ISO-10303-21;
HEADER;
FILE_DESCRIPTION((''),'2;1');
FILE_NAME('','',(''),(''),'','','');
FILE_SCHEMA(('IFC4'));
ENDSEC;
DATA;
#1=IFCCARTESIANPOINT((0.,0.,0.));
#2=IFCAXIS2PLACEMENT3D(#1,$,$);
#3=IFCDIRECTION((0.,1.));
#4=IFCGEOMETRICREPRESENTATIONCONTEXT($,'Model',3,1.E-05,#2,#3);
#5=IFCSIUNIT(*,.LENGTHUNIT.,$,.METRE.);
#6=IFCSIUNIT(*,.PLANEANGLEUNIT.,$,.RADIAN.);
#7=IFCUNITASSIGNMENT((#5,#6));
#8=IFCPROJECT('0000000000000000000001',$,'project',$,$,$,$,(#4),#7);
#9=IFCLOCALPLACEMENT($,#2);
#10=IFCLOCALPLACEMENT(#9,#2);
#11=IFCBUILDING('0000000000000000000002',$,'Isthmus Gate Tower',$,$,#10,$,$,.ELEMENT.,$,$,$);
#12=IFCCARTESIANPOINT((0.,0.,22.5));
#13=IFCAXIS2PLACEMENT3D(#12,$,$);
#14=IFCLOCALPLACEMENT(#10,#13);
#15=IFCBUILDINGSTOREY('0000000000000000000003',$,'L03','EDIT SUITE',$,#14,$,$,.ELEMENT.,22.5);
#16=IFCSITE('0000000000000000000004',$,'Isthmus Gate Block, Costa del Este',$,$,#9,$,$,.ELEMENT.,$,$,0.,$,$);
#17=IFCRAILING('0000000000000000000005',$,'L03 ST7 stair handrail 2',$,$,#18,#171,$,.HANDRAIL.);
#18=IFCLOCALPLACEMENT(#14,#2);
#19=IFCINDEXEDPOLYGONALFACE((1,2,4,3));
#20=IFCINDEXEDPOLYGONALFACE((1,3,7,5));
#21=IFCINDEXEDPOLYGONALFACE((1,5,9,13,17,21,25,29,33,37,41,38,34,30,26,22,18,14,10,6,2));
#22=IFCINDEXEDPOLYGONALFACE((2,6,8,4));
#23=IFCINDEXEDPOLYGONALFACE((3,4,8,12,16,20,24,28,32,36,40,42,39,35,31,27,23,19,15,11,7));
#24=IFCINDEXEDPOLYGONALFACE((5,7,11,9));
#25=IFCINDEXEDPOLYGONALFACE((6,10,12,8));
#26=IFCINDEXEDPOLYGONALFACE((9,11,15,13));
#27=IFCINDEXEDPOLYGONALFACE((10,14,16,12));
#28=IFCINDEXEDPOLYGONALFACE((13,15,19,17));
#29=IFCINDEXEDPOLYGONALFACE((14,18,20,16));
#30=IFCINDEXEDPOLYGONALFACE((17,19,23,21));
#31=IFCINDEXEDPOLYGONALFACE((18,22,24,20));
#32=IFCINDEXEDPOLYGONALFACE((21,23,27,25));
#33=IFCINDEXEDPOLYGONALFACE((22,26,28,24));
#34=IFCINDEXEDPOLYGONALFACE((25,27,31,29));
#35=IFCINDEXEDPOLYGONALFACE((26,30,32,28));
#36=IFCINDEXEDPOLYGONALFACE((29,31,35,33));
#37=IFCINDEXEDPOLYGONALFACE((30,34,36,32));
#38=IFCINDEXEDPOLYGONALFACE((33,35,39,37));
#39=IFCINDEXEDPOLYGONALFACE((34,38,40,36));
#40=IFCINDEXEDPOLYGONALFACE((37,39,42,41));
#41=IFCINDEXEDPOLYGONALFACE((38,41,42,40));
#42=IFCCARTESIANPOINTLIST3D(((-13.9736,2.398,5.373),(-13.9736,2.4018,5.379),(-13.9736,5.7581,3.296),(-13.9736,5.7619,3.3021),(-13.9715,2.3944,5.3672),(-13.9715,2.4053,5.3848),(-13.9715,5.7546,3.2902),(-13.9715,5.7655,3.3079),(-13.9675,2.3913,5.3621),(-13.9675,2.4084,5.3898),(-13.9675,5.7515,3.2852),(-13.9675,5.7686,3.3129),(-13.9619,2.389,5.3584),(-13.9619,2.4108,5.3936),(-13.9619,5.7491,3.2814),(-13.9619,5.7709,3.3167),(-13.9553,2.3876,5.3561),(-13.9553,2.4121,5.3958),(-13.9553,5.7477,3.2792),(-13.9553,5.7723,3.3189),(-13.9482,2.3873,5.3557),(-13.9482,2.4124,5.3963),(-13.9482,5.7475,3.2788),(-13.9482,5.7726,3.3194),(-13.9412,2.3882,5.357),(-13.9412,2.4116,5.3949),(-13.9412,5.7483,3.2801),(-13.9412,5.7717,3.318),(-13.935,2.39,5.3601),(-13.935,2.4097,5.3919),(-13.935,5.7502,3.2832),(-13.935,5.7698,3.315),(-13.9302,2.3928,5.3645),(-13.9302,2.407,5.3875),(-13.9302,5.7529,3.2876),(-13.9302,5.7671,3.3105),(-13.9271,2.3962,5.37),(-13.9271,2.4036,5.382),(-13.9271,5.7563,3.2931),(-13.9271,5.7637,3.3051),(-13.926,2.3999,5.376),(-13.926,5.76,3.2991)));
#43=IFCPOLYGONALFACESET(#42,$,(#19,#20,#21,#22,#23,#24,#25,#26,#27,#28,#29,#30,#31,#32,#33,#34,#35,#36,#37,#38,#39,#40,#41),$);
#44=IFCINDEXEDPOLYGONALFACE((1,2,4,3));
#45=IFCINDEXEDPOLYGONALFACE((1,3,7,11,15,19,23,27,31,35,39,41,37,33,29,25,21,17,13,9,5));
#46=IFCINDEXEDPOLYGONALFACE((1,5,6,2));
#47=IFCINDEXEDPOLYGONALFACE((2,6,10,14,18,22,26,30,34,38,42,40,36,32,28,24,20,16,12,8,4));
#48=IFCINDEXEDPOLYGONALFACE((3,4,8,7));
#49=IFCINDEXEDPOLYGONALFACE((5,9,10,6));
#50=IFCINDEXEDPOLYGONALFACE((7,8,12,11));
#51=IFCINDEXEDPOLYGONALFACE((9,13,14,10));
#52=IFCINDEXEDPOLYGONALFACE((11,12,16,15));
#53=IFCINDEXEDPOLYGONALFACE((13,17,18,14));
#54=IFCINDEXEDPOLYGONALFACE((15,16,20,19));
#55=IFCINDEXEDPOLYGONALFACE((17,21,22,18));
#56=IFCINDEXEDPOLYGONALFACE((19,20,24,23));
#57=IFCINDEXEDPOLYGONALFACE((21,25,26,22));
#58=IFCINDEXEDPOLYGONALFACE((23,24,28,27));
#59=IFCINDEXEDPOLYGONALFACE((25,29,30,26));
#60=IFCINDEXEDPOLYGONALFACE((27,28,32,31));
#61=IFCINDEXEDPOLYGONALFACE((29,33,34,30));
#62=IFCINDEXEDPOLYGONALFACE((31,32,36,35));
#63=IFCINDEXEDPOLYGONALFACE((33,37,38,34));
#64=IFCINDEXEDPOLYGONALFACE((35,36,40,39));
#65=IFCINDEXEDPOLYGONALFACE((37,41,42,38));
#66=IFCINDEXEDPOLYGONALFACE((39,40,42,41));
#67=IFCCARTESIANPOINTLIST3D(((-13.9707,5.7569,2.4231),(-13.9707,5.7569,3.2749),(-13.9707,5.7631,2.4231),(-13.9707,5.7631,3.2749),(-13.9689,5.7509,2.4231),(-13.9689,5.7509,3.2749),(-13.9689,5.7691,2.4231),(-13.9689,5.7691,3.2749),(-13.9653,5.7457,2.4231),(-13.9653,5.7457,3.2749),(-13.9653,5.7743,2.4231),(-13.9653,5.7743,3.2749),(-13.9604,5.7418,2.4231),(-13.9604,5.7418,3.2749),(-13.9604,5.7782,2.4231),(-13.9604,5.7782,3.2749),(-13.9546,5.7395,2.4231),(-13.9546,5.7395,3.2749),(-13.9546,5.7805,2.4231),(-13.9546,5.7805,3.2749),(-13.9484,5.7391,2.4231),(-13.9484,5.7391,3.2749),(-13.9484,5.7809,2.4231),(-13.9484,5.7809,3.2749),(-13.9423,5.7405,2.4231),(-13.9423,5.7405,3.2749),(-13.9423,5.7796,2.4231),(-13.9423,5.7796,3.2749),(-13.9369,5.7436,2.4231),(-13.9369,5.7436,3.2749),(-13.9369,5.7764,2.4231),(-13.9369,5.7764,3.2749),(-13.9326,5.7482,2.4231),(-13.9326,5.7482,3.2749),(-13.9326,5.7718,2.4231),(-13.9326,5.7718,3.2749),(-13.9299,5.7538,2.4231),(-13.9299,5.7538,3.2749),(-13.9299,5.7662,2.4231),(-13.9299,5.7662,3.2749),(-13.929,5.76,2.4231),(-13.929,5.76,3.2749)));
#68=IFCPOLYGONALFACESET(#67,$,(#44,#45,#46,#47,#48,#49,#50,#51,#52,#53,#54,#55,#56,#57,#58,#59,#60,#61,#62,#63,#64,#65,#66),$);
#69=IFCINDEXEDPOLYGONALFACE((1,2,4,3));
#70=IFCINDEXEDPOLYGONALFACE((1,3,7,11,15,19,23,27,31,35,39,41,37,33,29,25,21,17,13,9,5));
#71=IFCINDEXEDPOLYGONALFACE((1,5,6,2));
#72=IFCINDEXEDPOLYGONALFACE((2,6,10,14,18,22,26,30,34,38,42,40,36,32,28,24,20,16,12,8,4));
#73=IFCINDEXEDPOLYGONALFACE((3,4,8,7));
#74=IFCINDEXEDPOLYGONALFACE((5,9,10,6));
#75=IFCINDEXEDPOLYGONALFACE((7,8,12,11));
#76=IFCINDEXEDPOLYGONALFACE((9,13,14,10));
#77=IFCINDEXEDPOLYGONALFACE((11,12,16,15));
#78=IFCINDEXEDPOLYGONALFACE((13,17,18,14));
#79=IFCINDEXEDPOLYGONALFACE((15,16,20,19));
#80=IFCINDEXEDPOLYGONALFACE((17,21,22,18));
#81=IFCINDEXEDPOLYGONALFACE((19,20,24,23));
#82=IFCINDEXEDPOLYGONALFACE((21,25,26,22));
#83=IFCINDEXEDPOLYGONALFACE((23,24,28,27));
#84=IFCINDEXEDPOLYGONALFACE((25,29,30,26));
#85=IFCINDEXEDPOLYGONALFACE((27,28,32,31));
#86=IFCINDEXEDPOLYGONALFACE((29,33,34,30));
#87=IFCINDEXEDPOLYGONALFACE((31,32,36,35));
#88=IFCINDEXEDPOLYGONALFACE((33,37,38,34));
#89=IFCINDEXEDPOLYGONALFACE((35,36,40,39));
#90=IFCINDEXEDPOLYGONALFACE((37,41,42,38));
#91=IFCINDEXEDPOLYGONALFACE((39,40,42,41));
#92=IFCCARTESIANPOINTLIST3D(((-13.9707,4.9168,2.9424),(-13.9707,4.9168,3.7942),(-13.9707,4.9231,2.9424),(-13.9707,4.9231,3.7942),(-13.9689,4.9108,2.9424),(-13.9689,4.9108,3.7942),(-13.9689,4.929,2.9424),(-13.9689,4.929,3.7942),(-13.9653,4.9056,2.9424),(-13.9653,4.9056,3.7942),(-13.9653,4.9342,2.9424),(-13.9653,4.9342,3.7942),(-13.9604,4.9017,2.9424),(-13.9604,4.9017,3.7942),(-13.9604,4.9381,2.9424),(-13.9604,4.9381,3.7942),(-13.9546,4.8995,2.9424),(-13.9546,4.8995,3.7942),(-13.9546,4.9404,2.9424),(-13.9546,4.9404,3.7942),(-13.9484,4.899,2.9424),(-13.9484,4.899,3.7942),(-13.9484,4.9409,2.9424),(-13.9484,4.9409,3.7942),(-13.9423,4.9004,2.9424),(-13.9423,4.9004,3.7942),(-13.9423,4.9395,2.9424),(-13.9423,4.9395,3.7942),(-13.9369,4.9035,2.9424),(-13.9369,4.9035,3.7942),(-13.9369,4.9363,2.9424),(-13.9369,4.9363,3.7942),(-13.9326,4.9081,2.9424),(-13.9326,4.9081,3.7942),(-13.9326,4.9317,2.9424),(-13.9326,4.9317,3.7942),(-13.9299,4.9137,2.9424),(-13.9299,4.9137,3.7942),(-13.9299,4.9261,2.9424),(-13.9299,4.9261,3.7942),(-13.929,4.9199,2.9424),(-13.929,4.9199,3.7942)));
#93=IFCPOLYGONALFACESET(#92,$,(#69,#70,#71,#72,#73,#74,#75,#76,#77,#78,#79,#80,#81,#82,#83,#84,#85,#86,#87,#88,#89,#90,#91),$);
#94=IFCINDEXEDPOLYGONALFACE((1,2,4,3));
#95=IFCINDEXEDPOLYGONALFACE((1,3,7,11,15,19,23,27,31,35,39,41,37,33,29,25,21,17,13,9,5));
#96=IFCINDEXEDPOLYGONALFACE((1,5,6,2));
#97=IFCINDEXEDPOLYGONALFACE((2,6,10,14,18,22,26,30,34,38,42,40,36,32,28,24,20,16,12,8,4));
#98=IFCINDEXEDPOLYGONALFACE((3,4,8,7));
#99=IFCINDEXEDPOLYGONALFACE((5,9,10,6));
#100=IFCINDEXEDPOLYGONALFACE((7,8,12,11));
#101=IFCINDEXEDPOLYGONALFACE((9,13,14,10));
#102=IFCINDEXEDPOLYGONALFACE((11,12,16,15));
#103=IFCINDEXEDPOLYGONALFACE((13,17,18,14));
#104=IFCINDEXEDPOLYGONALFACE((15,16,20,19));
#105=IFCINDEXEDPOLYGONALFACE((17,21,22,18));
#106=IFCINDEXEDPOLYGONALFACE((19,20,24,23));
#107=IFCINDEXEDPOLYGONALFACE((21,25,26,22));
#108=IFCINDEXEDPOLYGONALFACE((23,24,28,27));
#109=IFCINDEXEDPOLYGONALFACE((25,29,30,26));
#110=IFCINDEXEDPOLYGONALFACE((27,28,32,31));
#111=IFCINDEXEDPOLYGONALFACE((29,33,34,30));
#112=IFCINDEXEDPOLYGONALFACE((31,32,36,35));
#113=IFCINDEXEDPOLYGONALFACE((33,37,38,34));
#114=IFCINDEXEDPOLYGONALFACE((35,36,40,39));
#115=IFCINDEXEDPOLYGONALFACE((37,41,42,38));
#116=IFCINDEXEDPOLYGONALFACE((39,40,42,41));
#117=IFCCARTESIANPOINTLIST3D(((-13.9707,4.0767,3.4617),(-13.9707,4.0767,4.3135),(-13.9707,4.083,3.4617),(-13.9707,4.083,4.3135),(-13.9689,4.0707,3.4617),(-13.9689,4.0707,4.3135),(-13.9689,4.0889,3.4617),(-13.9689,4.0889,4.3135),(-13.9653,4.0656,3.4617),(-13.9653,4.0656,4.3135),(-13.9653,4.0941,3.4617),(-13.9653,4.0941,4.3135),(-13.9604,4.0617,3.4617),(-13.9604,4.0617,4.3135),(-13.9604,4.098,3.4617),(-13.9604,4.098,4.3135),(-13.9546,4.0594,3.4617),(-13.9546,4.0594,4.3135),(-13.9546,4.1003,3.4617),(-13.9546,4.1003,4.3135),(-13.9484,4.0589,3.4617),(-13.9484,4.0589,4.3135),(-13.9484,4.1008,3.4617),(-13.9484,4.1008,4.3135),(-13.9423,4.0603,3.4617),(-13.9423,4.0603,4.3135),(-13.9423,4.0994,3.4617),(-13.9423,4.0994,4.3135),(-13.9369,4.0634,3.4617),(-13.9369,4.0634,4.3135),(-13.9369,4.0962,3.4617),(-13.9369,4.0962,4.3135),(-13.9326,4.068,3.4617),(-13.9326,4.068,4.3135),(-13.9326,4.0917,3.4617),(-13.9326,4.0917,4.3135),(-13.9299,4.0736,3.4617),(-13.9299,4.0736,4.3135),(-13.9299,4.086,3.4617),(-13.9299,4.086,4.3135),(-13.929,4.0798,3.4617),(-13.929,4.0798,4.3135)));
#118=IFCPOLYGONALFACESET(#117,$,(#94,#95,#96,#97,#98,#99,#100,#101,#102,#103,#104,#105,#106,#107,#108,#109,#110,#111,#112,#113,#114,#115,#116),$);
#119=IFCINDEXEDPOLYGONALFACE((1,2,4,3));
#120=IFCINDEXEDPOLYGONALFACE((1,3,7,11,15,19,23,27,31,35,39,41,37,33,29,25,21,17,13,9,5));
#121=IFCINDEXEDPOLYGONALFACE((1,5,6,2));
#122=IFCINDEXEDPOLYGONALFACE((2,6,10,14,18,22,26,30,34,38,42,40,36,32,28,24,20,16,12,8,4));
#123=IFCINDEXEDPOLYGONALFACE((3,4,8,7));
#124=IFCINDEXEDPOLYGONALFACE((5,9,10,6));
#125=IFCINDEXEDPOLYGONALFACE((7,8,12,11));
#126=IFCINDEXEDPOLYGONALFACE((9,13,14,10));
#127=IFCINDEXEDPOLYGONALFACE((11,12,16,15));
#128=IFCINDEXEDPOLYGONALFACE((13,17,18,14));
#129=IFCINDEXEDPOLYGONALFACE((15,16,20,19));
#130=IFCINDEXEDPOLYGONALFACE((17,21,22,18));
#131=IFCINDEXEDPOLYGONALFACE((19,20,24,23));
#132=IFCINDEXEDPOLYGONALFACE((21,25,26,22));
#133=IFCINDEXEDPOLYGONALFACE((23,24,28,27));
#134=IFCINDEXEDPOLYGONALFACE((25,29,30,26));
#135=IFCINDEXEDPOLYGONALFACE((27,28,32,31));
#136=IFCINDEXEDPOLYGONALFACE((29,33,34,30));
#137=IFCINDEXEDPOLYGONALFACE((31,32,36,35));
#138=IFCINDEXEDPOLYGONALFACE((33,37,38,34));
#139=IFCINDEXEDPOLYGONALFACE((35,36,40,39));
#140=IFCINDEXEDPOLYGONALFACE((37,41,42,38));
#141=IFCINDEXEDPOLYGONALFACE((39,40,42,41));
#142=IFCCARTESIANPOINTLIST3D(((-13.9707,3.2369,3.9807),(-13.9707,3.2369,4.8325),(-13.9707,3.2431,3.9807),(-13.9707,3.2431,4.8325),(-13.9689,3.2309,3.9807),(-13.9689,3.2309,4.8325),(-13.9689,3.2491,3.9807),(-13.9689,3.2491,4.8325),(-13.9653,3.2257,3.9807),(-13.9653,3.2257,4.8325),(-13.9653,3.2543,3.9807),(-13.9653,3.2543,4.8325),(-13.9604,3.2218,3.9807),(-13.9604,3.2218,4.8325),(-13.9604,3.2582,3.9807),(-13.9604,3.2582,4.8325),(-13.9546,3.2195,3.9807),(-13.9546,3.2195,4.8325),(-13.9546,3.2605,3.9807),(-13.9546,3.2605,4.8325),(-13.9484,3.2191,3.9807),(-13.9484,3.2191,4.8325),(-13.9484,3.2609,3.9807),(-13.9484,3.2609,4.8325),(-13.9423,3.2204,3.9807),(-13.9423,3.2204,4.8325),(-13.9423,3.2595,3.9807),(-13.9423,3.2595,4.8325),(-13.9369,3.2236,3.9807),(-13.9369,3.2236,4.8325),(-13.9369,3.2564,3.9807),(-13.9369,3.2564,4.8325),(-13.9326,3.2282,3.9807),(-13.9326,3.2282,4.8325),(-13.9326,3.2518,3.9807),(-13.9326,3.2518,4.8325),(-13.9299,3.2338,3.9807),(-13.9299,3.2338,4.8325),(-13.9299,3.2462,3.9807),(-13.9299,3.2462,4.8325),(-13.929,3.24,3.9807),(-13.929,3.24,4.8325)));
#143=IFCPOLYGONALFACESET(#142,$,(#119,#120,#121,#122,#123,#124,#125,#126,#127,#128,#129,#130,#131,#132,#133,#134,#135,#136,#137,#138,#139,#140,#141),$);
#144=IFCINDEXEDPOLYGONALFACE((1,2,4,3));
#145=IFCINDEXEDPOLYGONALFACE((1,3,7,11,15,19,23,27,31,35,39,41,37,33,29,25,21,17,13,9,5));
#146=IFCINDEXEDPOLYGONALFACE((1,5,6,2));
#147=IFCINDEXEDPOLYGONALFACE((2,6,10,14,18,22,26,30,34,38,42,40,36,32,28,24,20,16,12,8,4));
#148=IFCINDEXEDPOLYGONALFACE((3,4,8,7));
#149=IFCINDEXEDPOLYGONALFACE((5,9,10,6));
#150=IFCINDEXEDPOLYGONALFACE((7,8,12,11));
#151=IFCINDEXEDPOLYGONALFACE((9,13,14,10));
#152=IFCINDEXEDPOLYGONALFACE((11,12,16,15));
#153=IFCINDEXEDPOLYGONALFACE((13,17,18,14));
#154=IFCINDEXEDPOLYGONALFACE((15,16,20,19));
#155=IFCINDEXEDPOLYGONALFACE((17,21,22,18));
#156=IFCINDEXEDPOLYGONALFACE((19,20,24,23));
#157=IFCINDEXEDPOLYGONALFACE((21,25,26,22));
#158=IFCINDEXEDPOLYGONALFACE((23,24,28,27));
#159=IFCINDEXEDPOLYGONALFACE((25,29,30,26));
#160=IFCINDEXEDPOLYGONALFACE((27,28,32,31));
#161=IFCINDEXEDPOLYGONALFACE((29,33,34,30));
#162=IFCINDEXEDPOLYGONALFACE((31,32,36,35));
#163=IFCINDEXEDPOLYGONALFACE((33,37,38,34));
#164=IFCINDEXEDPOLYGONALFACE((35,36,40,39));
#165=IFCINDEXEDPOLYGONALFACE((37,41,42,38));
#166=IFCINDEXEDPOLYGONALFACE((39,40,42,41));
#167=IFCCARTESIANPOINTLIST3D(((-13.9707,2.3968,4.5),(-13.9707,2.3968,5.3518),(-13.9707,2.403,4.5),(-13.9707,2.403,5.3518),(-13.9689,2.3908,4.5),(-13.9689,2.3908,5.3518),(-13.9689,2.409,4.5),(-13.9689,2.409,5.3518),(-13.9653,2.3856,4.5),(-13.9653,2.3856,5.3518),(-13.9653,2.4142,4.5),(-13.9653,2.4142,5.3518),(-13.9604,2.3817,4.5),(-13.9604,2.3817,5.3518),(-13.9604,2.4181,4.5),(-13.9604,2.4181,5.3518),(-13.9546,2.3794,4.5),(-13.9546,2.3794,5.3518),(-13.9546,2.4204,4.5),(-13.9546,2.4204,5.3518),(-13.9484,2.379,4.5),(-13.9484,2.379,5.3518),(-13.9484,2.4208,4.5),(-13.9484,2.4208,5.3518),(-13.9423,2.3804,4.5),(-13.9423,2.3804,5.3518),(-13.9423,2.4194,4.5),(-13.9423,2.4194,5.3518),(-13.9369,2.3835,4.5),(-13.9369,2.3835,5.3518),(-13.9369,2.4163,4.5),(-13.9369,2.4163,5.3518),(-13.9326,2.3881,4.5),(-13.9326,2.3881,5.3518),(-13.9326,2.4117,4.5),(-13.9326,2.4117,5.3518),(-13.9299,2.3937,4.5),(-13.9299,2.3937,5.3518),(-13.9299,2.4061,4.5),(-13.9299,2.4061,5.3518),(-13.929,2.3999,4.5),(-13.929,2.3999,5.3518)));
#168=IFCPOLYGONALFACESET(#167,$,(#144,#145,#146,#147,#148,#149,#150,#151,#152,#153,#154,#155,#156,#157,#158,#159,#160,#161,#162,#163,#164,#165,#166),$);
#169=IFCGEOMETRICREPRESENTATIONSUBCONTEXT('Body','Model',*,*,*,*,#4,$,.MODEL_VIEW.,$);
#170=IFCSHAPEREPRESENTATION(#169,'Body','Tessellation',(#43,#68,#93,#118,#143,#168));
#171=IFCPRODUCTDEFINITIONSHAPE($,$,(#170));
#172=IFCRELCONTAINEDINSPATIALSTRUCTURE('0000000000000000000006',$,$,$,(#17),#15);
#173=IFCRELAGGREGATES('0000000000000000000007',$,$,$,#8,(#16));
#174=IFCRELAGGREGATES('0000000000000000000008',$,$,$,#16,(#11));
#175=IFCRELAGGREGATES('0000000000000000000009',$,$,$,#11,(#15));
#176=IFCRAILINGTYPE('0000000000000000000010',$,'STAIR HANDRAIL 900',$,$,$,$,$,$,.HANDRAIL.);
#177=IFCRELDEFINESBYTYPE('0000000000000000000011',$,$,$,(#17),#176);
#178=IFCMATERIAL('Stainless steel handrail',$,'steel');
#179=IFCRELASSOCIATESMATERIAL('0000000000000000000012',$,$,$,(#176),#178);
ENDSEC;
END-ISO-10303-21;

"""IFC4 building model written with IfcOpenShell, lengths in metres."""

from ifc_helpers import new_model, si_unit, direction, frame, origin, origin_2d, place, context, subcontext, project, spatial, circle, extrude, material, type_object, element, save


model = new_model("IFC4")

# Units and contexts
model_context = context("Model", 3, precision=1e-05, world=origin(), true_north=direction((0.0, 1.0)))
body_context = subcontext(model_context, "Body", "Model", "MODEL_VIEW")
ifc_project = project(units=[si_unit("LENGTHUNIT", "METRE"), si_unit("PLANEANGLEUNIT", "RADIAN")], contexts=[model_context])

# Site, building, storey
site_placement = place(None, origin())
site = spatial("IfcSite", under=ifc_project, at=site_placement, Name="Isthmus Gate Block, Costa del Este", CompositionType="ELEMENT", RefElevation=0.0)
building_placement = place(site_placement, origin())
building = spatial("IfcBuilding", under=site, at=building_placement, Name="Isthmus Gate Tower", CompositionType="ELEMENT")
storey_placement = place(building_placement, frame((0.0, 0.0, 22.5)))
storey = spatial("IfcBuildingStorey", under=building, at=storey_placement, Name="L03", Description="EDIT SUITE", CompositionType="ELEMENT", Elevation=22.5)

# Railing
ifc_material_1 = material(Name="Stainless steel handrail", Category="steel")
railing_type_1 = type_object("IfcRailingType", Name="STAIR HANDRAIL 900", PredefinedType="HANDRAIL", material=ifc_material_1)
for number, where, name in (
    (1, (-13.95, 5.76, 2.4231), "L03 ST7 stair handrail 2"),
):
    element("IfcRailing", number, at=place(storey_placement, frame(where)), inside=storey, type_object=railing_type_1, Name=name, PredefinedType="HANDRAIL", context=body_context, shape_type="SweptSolid", body=[
        extrude(circle(Radius=0.0239, at=origin_2d()), frame((0.0, 0.0, 0.876), z_axis=(0.0, -0.850623, 0.525776), x_axis=(1.0, 0.0, 0.0)), (0.0, 0.0, 1.0), 3.9502),
        extrude(circle(Radius=0.021, at=origin_2d()), origin(), (0.0, 0.0, 1.0), 0.8518),
        extrude(circle(Radius=0.021, at=origin_2d()), frame((0.0, -0.8401, 0.5193)), (0.0, 0.0, 1.0), 0.8518),
        extrude(circle(Radius=0.021, at=origin_2d()), frame((0.0, -1.6802, 1.0386)), (0.0, 0.0, 1.0), 0.8518),
        extrude(circle(Radius=0.021, at=origin_2d()), frame((0.0, -2.52, 1.5576)), (0.0, 0.0, 1.0), 0.8518),
        extrude(circle(Radius=0.021, at=origin_2d()), frame((0.0, -3.3601, 2.0769)), (0.0, 0.0, 1.0), 0.8518),
    ])

save(model, "model.ifc")
